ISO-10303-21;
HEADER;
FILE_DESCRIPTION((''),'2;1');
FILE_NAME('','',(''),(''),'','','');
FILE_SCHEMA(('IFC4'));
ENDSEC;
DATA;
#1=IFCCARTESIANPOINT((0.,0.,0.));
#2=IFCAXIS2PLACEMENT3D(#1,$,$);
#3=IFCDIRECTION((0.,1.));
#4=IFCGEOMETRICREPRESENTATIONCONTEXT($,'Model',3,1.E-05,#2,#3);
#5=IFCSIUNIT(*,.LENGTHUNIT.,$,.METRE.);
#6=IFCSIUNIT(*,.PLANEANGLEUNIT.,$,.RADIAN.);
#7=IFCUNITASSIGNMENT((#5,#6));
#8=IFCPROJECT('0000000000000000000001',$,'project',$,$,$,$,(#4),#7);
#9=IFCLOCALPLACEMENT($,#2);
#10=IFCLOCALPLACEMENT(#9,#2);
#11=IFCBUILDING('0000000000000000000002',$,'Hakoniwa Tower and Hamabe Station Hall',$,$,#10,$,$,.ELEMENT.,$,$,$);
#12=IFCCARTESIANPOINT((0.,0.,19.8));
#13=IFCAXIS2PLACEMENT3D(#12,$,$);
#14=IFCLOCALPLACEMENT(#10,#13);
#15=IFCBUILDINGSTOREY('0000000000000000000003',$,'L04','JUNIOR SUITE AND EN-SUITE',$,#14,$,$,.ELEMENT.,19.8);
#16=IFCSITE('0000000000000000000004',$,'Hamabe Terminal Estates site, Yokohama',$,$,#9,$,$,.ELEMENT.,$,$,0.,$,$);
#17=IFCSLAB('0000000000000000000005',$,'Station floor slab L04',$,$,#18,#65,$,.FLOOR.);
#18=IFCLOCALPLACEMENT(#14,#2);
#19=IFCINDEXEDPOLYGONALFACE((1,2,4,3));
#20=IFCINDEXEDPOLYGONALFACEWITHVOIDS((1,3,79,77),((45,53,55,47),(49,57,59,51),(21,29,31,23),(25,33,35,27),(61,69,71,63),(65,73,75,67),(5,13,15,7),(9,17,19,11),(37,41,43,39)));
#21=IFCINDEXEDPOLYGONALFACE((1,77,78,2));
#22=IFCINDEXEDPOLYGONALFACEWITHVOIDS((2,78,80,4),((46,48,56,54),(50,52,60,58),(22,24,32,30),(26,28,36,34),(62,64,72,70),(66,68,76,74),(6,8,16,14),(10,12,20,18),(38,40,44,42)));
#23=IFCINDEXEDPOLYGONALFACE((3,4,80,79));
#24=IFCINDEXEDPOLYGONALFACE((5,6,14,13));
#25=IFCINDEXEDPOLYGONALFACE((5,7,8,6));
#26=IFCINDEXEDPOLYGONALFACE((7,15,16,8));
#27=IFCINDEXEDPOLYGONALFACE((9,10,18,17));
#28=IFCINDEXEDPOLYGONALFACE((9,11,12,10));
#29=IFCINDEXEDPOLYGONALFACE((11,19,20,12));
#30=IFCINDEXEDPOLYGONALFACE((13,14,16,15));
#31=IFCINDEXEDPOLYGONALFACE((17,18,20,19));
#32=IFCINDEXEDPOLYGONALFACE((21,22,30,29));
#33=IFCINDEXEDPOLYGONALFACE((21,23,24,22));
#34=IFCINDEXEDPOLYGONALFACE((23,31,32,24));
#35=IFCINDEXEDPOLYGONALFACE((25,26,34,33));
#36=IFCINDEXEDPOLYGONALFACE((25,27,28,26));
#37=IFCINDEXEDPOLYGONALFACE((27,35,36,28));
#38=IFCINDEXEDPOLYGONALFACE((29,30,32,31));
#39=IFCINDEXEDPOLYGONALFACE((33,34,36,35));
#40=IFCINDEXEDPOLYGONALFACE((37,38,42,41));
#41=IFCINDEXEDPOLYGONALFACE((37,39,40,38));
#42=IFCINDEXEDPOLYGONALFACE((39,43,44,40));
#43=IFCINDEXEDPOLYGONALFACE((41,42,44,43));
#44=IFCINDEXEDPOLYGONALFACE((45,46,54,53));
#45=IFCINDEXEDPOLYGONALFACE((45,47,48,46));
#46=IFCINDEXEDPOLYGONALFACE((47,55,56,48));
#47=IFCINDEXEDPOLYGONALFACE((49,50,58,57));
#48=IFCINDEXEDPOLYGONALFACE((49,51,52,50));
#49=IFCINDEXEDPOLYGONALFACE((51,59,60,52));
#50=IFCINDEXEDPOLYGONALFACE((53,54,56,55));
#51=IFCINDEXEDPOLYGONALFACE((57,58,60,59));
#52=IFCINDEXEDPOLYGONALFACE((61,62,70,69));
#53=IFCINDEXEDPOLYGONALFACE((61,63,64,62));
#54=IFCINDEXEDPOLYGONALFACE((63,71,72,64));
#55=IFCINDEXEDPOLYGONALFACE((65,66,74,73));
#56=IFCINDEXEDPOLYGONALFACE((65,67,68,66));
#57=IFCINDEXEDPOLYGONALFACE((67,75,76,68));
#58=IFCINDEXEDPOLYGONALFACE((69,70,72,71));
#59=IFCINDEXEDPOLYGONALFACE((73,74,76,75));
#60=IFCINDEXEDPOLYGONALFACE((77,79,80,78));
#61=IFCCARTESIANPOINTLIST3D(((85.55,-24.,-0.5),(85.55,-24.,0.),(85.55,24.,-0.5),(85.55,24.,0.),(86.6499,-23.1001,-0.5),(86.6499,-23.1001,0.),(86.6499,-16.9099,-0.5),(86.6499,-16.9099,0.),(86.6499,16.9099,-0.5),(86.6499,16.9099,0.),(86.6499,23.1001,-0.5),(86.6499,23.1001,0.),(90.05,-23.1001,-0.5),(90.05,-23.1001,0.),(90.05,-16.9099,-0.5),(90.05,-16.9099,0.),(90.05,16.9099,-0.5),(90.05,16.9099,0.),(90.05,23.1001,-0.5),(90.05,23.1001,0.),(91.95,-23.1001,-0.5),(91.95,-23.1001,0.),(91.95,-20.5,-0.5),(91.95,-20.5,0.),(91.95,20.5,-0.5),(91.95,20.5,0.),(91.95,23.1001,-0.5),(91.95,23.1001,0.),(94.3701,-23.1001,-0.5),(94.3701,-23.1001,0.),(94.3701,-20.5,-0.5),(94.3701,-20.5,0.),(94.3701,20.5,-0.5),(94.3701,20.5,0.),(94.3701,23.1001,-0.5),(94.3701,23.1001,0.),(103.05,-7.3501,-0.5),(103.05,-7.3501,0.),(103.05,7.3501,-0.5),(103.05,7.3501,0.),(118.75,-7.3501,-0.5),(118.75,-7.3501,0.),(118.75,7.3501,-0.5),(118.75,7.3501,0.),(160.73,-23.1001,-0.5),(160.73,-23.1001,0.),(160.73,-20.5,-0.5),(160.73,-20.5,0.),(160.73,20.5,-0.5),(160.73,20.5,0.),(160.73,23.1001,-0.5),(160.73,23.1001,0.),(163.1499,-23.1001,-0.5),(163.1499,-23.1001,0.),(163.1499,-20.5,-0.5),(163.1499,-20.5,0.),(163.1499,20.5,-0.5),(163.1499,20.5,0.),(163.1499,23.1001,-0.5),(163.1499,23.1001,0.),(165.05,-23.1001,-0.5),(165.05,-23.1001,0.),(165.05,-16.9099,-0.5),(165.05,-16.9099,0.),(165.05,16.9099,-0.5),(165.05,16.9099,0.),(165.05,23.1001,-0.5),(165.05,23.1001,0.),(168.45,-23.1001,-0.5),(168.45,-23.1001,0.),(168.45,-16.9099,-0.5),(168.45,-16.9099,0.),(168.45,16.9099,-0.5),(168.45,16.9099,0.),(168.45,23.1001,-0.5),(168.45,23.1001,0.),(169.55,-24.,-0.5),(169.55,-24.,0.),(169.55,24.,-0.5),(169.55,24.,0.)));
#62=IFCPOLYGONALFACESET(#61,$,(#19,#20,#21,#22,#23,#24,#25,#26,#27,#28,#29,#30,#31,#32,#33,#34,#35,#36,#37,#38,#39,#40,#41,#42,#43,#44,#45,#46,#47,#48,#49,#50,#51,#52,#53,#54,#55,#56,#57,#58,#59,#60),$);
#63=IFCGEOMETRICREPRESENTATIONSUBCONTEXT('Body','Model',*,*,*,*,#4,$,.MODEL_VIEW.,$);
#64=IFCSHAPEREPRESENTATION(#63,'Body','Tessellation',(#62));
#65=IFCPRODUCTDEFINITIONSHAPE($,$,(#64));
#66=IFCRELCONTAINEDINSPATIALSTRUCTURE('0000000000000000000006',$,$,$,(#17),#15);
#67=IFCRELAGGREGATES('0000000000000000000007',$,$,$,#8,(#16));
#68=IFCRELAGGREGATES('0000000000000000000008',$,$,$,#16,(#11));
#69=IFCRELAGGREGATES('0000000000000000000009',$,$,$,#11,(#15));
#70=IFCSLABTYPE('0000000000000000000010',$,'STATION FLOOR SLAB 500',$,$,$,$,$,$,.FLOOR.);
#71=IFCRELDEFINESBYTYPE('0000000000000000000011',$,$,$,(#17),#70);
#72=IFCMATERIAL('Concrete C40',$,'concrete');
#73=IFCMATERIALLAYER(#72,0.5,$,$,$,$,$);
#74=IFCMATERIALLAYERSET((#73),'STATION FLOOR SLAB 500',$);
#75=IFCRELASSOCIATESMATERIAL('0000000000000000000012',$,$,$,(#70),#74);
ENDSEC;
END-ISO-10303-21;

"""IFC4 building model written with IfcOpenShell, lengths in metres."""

from ifc_helpers import new_model, si_unit, direction, frame, origin, place, context, subcontext, project, spatial, polyline, outline, extrude, material, layer, layer_set, type_object, element, save


model = new_model("IFC4")

# Units and contexts
model_context = context("Model", 3, precision=1e-05, world=origin(), true_north=direction((0.0, 1.0)))
body_context = subcontext(model_context, "Body", "Model", "MODEL_VIEW")
ifc_project = project(units=[si_unit("LENGTHUNIT", "METRE"), si_unit("PLANEANGLEUNIT", "RADIAN")], contexts=[model_context])

# Site, building, storey
site_placement = place(None, origin())
site = spatial("IfcSite", under=ifc_project, at=site_placement, Name="Hamabe Terminal Estates site, Yokohama", CompositionType="ELEMENT", RefElevation=0.0)
building_placement = place(site_placement, origin())
building = spatial("IfcBuilding", under=site, at=building_placement, Name="Hakoniwa Tower and Hamabe Station Hall", CompositionType="ELEMENT")
storey_placement = place(building_placement, frame((0.0, 0.0, 19.8)))
storey = spatial("IfcBuildingStorey", under=building, at=storey_placement, Name="L04", Description="JUNIOR SUITE AND EN-SUITE", CompositionType="ELEMENT", Elevation=19.8)

# Slab
ifc_material_1 = material(Name="Concrete C40", Category="concrete")
ifc_layer_1 = layer(ifc_material_1, 0.5)
ifc_layer_set_1 = layer_set([ifc_layer_1], Name="STATION FLOOR SLAB 500")
slab_type_1 = type_object("IfcSlabType", Name="STATION FLOOR SLAB 500", PredefinedType="FLOOR", material=ifc_layer_set_1)
slab_1_placement = place(storey_placement, frame((0.0, 0.0, -0.5)))
element("IfcSlab", 1, at=slab_1_placement, inside=storey, type_object=slab_type_1, Name="Station floor slab L04", PredefinedType="FLOOR", context=body_context, shape_type="SweptSolid", body=[
    extrude(outline(polyline([(169.55, -24.0), (169.55, 24.0), (85.55, 24.0), (85.55, -24.0), (169.55, -24.0)]), holes=[polyline([(118.75, -7.3501), (103.05, -7.3501), (103.05, 7.3501), (118.75, 7.3501), (118.75, -7.3501)]), polyline([(94.3701, 20.5), (91.95, 20.5), (91.95, 23.1001), (94.3701, 23.1001), (94.3701, 20.5)]), polyline([(90.05, 16.9099), (86.6499, 16.9099), (86.6499, 23.1001), (90.05, 23.1001), (90.05, 16.9099)]), polyline([(163.1499, 20.5), (160.73, 20.5), (160.73, 23.1001), (163.1499, 23.1001), (163.1499, 20.5)]), polyline([(168.45, 16.9099), (165.05, 16.9099), (165.05, 23.1001), (168.45, 23.1001), (168.45, 16.9099)]), polyline([(94.3701, -23.1001), (91.95, -23.1001), (91.95, -20.5), (94.3701, -20.5), (94.3701, -23.1001)]), polyline([(90.05, -23.1001), (86.6499, -23.1001), (86.6499, -16.9099), (90.05, -16.9099), (90.05, -23.1001)]), polyline([(163.1499, -23.1001), (160.73, -23.1001), (160.73, -20.5), (163.1499, -20.5), (163.1499, -23.1001)]), polyline([(168.45, -23.1001), (165.05, -23.1001), (165.05, -16.9099), (168.45, -16.9099), (168.45, -23.1001)])]), origin(), (0.0, 0.0, 1.0), 0.5),
])

save(model, "model.ifc")
